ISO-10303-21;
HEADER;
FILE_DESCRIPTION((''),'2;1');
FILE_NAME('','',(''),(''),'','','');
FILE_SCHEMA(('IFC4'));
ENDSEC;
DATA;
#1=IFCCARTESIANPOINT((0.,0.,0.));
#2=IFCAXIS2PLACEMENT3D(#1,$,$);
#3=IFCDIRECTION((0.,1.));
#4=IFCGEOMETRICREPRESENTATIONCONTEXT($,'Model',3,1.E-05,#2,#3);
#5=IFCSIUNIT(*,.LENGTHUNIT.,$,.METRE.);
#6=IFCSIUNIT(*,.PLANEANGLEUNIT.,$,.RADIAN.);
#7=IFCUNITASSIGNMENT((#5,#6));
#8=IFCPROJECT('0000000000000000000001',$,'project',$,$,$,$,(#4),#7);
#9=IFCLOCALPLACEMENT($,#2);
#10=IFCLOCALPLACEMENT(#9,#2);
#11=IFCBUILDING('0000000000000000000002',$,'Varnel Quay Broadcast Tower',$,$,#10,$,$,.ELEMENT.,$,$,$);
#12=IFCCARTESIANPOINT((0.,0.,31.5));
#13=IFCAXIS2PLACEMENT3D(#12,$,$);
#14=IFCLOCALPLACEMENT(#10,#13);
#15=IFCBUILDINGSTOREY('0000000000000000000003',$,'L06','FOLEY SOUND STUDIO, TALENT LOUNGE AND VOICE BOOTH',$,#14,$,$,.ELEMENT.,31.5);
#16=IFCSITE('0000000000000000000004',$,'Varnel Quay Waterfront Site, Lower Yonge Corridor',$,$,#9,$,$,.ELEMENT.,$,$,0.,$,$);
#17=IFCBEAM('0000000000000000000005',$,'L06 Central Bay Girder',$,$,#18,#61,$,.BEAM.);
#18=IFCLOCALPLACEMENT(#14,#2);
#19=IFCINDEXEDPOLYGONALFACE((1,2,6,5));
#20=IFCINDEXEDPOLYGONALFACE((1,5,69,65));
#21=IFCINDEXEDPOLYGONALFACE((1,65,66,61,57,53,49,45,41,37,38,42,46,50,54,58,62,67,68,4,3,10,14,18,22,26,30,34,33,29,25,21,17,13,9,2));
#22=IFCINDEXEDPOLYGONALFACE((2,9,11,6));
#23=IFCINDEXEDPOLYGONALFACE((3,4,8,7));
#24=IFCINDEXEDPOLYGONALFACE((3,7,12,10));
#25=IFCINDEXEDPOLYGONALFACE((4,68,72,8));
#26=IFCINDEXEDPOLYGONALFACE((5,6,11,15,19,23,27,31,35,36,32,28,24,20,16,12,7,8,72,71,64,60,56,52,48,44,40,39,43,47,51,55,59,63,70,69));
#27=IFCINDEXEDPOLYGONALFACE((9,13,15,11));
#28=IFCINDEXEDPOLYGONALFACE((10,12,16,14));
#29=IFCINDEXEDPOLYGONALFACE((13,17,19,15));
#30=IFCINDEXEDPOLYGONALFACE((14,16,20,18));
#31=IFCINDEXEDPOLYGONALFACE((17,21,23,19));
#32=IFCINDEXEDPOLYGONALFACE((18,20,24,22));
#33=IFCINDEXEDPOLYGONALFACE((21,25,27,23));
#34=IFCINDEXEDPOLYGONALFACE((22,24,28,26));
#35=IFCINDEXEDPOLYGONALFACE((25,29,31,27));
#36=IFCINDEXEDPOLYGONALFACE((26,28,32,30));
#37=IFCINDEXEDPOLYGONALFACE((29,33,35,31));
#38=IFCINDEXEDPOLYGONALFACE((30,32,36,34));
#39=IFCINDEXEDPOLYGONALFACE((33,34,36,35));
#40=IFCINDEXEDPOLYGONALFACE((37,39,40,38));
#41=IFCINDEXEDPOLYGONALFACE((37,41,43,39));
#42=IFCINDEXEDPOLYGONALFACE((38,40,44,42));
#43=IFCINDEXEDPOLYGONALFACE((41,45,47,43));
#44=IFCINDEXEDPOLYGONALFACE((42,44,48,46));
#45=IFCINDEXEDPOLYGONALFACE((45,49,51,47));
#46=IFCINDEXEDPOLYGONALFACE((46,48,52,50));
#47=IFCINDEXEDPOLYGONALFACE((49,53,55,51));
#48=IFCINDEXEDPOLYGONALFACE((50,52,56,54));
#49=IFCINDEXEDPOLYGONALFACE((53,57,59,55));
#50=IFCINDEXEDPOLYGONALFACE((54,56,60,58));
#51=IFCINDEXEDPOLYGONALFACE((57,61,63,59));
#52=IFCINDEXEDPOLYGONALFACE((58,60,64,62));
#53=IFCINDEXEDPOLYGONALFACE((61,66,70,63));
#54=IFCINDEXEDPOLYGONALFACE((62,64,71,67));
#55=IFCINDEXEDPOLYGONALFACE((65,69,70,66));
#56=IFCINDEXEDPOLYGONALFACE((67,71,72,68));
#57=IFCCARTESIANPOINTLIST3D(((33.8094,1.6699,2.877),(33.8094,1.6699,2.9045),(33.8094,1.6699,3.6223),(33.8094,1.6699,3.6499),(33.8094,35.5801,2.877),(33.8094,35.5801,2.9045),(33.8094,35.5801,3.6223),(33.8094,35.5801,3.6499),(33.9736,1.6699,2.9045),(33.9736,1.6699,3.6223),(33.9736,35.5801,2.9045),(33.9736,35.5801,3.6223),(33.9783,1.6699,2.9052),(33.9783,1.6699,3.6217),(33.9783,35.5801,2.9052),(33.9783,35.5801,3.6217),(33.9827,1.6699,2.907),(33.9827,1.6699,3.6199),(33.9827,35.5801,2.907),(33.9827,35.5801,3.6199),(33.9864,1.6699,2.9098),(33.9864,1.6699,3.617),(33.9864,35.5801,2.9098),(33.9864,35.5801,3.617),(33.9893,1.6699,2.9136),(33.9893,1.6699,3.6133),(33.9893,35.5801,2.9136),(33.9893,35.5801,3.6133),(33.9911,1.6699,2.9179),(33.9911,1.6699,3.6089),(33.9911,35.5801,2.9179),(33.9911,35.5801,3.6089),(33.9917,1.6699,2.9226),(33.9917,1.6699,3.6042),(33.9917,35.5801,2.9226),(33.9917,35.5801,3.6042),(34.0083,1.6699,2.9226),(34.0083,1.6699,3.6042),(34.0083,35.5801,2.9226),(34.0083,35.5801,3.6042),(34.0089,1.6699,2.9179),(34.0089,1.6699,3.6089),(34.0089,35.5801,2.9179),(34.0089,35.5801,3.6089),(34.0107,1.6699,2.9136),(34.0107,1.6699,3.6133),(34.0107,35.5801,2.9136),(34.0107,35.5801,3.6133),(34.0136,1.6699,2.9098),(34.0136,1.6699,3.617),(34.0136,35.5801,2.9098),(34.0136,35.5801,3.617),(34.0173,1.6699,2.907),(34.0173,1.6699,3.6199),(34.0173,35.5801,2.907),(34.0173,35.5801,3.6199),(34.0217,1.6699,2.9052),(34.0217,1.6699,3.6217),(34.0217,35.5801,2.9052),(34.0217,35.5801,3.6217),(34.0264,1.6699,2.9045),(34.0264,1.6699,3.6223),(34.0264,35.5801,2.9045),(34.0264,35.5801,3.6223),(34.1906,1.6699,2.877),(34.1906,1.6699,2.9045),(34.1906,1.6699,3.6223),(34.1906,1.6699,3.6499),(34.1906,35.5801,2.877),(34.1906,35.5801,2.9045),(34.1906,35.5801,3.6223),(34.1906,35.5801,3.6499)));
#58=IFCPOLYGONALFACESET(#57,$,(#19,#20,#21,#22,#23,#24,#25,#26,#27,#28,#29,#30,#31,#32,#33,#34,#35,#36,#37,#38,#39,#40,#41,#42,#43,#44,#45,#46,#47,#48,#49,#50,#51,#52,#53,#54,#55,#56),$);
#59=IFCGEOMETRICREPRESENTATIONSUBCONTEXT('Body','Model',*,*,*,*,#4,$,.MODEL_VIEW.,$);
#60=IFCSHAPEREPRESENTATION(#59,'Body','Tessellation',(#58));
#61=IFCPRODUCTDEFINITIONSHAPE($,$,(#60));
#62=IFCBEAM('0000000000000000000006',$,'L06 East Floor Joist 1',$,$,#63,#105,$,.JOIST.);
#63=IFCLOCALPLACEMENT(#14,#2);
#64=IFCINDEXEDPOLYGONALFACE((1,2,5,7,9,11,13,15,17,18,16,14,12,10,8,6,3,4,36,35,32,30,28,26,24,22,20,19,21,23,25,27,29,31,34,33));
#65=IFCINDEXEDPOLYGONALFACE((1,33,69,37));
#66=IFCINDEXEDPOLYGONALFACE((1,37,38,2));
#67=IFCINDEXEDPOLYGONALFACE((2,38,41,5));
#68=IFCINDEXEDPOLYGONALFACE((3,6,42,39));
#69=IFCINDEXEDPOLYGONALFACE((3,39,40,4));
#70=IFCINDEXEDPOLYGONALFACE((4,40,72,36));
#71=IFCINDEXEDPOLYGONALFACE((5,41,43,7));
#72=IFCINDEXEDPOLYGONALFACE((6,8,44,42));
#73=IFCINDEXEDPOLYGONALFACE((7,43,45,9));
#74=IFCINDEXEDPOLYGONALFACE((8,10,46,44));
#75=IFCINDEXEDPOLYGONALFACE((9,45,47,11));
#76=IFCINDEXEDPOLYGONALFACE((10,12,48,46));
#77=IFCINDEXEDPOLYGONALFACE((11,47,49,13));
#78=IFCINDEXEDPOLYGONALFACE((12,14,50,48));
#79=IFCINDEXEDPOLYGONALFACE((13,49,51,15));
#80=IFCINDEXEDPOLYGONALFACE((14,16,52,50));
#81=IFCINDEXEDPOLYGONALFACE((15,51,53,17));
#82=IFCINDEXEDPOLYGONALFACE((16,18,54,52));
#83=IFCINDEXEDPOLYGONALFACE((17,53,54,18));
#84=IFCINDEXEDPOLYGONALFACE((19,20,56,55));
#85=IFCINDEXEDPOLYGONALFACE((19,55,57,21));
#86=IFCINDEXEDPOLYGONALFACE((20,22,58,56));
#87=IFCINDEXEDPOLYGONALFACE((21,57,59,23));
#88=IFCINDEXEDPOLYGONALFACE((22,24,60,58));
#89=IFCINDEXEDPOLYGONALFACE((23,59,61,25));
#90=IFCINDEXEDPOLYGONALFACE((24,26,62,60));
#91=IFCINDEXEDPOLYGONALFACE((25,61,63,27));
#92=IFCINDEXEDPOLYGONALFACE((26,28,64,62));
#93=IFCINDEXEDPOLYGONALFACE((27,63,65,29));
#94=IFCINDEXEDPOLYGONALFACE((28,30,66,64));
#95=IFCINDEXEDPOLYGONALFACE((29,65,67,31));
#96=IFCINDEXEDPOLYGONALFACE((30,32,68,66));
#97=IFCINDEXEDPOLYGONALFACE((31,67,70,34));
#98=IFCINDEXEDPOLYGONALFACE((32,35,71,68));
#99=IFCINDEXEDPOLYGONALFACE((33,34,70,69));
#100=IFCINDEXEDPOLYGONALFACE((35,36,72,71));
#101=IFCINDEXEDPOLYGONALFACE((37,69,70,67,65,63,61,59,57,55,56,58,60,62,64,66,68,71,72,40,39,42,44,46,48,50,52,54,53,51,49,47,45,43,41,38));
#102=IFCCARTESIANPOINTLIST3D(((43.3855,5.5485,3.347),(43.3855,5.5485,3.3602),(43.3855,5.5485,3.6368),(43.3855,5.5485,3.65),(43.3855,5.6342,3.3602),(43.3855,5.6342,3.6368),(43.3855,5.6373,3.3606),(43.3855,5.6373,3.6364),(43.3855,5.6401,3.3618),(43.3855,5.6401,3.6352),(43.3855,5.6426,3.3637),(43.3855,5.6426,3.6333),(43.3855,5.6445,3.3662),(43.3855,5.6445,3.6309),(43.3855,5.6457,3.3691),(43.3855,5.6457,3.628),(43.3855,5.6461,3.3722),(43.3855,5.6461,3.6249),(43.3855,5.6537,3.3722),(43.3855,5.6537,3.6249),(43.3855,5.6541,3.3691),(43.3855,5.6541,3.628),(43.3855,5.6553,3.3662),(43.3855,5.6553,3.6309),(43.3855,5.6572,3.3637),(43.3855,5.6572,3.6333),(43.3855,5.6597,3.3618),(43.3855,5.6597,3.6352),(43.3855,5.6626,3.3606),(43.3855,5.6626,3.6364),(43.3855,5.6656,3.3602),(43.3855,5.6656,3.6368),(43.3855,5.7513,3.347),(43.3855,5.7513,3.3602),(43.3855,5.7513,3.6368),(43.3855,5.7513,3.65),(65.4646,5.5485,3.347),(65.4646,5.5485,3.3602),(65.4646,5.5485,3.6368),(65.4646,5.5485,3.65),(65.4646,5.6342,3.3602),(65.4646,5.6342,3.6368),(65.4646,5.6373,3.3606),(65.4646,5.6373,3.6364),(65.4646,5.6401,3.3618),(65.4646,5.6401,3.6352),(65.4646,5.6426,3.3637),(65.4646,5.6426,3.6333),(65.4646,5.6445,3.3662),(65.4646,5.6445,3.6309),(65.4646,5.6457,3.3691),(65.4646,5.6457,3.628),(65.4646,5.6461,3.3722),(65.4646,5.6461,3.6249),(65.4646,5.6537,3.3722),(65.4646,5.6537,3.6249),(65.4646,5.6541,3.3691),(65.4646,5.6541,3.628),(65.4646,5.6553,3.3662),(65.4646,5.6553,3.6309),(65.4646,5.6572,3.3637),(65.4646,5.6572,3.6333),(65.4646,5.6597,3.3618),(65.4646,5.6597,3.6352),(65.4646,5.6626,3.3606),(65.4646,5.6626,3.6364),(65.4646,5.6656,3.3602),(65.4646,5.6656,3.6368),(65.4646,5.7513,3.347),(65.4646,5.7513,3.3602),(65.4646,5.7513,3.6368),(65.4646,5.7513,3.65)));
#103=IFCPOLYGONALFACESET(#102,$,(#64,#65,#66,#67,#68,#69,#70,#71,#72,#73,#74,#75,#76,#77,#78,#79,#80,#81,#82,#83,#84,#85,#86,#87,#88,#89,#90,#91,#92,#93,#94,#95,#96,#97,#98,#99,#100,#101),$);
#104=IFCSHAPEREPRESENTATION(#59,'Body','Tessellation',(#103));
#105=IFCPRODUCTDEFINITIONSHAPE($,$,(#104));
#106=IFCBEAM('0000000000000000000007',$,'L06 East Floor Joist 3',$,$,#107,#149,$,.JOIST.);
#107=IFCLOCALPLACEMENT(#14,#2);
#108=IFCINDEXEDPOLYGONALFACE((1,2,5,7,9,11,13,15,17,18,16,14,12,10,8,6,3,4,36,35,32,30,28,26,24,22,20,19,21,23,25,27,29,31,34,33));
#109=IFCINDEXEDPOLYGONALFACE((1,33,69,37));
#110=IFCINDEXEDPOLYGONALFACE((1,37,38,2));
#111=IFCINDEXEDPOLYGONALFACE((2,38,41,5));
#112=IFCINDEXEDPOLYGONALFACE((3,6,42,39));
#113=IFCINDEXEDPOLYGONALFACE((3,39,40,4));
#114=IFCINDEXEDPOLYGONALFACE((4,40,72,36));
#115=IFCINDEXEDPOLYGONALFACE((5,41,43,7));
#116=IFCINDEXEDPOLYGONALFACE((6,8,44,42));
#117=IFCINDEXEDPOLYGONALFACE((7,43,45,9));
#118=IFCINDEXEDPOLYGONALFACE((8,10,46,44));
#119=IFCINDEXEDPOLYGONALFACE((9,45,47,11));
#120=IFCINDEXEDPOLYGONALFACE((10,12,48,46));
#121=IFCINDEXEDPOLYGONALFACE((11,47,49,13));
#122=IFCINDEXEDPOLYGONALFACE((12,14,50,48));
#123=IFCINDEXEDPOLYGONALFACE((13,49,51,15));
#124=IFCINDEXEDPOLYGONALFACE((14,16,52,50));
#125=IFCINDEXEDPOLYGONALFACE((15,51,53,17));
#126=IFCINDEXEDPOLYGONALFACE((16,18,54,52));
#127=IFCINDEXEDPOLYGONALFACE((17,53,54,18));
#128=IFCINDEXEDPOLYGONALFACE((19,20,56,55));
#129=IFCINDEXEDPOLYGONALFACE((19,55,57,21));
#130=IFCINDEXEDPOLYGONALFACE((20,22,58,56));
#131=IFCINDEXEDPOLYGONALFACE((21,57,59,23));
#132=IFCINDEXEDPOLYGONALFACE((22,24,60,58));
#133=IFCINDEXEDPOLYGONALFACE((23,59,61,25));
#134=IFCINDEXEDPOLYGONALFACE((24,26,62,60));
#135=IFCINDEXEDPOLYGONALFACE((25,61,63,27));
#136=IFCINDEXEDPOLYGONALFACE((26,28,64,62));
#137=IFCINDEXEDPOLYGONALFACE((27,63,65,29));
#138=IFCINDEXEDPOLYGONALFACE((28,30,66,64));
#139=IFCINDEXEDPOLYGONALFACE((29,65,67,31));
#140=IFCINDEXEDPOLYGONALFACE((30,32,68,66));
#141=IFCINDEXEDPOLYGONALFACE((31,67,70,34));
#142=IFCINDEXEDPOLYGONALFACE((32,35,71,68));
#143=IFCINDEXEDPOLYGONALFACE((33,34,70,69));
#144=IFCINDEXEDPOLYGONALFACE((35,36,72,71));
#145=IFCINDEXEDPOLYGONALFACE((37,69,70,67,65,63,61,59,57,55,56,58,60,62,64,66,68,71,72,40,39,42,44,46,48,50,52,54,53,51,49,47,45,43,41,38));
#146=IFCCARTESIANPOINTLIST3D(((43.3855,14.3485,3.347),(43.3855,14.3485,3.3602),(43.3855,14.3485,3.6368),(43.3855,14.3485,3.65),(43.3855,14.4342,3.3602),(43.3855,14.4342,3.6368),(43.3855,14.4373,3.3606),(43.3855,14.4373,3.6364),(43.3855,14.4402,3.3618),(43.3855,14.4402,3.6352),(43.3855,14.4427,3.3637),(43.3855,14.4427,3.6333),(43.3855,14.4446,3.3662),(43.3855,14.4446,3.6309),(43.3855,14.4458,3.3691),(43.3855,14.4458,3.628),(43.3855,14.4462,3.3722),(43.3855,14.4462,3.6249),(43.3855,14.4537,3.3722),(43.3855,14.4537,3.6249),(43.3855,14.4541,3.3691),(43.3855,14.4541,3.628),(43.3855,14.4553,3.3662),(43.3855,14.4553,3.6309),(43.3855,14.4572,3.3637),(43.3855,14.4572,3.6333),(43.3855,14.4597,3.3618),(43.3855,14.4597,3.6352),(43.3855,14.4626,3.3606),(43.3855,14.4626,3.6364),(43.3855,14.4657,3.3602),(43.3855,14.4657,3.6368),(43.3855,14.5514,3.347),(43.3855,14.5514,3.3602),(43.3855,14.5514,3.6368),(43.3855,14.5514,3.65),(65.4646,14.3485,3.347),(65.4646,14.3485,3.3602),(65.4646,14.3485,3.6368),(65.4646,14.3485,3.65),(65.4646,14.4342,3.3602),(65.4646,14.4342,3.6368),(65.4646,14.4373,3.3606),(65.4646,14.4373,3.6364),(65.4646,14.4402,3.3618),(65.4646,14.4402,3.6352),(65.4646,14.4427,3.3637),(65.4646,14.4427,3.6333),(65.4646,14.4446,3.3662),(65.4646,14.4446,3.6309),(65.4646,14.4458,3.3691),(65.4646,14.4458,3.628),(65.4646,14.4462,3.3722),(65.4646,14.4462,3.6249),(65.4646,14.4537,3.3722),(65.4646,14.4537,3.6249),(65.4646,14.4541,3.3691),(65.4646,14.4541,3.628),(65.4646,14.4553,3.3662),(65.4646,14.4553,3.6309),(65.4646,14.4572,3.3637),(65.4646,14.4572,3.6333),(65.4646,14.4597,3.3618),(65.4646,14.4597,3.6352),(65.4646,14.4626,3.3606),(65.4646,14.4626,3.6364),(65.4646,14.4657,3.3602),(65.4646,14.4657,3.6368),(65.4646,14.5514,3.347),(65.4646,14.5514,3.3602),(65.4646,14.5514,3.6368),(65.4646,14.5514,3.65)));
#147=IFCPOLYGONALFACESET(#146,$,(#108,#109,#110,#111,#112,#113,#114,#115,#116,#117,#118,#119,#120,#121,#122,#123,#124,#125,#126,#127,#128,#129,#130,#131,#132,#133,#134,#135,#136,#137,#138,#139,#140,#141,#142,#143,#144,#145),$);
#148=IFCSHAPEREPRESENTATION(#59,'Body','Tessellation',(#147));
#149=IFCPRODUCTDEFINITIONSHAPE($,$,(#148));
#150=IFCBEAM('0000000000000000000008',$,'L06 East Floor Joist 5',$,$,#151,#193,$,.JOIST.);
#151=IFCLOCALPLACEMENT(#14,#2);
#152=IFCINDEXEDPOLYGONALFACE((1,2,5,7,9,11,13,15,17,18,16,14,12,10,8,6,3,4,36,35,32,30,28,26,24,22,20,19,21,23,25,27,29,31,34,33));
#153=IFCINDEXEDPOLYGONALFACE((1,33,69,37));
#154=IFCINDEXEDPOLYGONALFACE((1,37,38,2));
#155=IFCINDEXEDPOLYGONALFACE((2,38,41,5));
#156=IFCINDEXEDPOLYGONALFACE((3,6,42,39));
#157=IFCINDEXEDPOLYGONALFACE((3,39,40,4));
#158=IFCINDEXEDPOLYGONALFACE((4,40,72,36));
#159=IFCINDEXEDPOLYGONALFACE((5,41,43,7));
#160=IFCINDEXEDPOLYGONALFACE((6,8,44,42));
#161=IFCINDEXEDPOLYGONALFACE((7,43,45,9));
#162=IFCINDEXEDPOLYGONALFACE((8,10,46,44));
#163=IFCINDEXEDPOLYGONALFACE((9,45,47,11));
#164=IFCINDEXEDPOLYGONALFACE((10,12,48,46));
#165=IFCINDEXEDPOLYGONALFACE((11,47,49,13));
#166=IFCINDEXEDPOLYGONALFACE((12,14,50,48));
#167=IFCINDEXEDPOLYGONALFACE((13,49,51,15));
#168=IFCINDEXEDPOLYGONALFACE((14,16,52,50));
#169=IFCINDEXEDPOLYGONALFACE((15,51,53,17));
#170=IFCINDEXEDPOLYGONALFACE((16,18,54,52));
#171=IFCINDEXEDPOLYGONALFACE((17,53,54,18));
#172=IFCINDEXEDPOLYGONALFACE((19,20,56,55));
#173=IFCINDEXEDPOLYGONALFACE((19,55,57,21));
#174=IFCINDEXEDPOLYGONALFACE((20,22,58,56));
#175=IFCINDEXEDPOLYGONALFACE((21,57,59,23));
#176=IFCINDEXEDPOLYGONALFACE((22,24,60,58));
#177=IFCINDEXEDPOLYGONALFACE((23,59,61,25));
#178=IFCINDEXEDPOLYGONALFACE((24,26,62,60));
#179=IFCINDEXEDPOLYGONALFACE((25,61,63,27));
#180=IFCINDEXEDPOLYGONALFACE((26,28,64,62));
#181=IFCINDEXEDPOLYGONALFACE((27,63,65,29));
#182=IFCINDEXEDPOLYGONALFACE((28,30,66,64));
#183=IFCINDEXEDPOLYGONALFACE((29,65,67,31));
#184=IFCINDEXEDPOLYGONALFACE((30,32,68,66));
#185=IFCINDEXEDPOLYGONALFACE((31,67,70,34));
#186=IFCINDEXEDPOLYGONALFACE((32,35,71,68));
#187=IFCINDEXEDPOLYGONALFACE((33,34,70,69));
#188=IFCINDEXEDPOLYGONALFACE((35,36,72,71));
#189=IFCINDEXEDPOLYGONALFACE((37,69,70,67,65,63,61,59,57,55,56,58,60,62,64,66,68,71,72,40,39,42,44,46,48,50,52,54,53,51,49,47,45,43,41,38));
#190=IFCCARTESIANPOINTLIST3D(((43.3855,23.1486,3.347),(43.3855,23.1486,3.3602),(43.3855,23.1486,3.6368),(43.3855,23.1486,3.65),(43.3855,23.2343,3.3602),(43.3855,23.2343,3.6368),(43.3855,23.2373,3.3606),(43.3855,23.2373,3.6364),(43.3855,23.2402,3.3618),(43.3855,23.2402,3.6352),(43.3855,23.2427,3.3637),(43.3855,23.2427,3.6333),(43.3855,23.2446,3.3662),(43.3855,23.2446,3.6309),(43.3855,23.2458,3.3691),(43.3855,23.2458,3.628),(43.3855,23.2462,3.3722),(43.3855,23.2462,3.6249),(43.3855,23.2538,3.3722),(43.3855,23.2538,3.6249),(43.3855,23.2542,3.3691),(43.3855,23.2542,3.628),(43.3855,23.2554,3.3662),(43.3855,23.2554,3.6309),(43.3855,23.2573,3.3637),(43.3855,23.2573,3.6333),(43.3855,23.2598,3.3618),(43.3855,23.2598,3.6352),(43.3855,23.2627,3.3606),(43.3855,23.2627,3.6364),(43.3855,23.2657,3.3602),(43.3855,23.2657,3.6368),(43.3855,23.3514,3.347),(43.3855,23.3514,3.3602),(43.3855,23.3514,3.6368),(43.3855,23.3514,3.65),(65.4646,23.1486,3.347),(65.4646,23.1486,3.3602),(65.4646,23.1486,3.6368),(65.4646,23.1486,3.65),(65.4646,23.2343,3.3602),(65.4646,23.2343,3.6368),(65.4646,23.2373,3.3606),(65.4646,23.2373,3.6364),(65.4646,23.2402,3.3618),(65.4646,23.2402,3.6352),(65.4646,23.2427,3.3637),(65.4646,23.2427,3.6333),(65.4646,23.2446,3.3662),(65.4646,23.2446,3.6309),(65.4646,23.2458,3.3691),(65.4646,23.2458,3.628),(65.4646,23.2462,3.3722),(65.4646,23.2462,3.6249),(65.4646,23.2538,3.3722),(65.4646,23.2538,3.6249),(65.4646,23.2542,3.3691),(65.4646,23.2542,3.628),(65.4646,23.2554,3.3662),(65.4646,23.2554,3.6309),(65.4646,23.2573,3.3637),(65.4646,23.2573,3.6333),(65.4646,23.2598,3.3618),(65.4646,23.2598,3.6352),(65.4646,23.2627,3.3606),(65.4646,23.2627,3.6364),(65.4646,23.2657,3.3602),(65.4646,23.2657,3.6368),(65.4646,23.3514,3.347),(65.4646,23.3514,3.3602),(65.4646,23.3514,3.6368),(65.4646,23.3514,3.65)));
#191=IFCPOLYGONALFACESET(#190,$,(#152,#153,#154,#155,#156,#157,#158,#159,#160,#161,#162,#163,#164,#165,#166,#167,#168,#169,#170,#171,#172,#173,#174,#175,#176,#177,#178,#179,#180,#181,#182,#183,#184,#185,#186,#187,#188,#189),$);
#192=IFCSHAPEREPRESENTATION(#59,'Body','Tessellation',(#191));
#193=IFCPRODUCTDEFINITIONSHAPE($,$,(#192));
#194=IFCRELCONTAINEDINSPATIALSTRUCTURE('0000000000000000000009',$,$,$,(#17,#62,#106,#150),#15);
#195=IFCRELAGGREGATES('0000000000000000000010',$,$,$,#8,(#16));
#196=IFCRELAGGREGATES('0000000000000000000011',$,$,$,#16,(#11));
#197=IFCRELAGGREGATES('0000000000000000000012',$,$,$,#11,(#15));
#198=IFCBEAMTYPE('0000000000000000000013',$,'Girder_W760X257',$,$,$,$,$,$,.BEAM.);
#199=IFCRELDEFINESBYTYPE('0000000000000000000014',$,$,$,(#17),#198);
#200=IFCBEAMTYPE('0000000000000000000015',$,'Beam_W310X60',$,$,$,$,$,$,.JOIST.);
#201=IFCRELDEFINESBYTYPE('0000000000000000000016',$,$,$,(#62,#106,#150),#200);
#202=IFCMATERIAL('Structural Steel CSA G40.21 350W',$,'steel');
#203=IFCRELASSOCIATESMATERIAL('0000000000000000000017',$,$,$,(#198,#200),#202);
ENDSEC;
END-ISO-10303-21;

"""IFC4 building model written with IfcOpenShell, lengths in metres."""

from ifc_helpers import new_model, si_unit, direction, frame, origin, origin_2d, place, context, subcontext, project, spatial, i_section, extrude, source, transform, mapped, material, material_profile, profile_set, type_object, type_shapes, element, save


model = new_model("IFC4")

# Units and contexts
model_context = context("Model", 3, precision=1e-05, world=origin(), true_north=direction((0.0, 1.0)))
body_context = subcontext(model_context, "Body", "Model", "MODEL_VIEW")
ifc_project = project(units=[si_unit("LENGTHUNIT", "METRE"), si_unit("PLANEANGLEUNIT", "RADIAN")], contexts=[model_context])

# Site, building, storey
site_placement = place(None, origin())
site = spatial("IfcSite", under=ifc_project, at=site_placement, Name="Varnel Quay Waterfront Site, Lower Yonge Corridor", CompositionType="ELEMENT", RefElevation=0.0)
building_placement = place(site_placement, origin())
building = spatial("IfcBuilding", under=site, at=building_placement, Name="Varnel Quay Broadcast Tower", CompositionType="ELEMENT")
storey_placement = place(building_placement, frame((0.0, 0.0, 31.5)))
storey = spatial("IfcBuildingStorey", under=building, at=storey_placement, Name="L06", Description="FOLEY SOUND STUDIO, TALENT LOUNGE AND VOICE BOOTH", CompositionType="ELEMENT", Elevation=31.5)

# Shared definitions
ifc_material_1 = material(Name="Structural Steel CSA G40.21 350W", Category="steel")

# Beams
ifc_material_profile_1 = material_profile(ifc_material_1, i_section(OverallWidth=0.3811, OverallDepth=0.7729, WebThickness=0.0166, FlangeThickness=0.0276, FilletRadius=0.0181, at=origin_2d()), Name="W760X257")
ifc_profile_set_1 = profile_set([ifc_material_profile_1], Name="Structural Steel CSA G40.21 350W")
beam_type_1 = type_object("IfcBeamType", Name="Girder_W760X257", PredefinedType="BEAM", material=ifc_profile_set_1)
shared_shape_1 = source(origin(), body_context, "Body", "SweptSolid", [
    extrude(i_section(OverallWidth=0.3811, OverallDepth=0.7729, WebThickness=0.0166, FlangeThickness=0.0276, FilletRadius=0.0181, at=origin_2d()), origin(), (0.0, 0.0, 1.0), 33.9102),
])
beam_1_placement = place(storey_placement, frame((34.0, 1.6699, 3.2634), z_axis=(0.0, 1.0, 0.0), x_axis=(-1.0, 0.0, 0.0)))
element("IfcBeam", 1, at=beam_1_placement, inside=storey, type_object=beam_type_1, Name="L06 Central Bay Girder", PredefinedType="BEAM", context=body_context, shape_type="MappedRepresentation", body=[
    mapped(shared_shape_1, transform((0.0, 0.0, 0.0), x_axis=(1.0, 0.0, 0.0), y_axis=(0.0, 1.0, 0.0), z_axis=(0.0, 0.0, 1.0), scale=1.0)),
])
ifc_material_profile_2 = material_profile(ifc_material_1, i_section(OverallWidth=0.2029, OverallDepth=0.303, WebThickness=0.0076, FlangeThickness=0.0132, FilletRadius=0.012, at=origin_2d()), Name="W310X60")
ifc_profile_set_2 = profile_set([ifc_material_profile_2], Name="Structural Steel CSA G40.21 350W")
beam_type_2 = type_object("IfcBeamType", Name="Beam_W310X60", PredefinedType="JOIST", material=ifc_profile_set_2)
shared_shape_2 = source(origin(), body_context, "Body", "SweptSolid", [
    extrude(i_section(OverallWidth=0.2029, OverallDepth=0.303, WebThickness=0.0076, FlangeThickness=0.0132, FilletRadius=0.012, at=origin_2d()), origin(), (0.0, 0.0, 1.0), 22.0791),
])
type_shapes(beam_type_2, [shared_shape_2])
for number, where, z_axis, x_axis, name in (
    (2, (43.3855, 5.6499, 3.4985), (1.0, 0.0, 0.0), (0.0, 1.0, 0.0), "L06 East Floor Joist 1"),
    (3, (43.3855, 14.45, 3.4985), (1.0, 0.0, 0.0), (0.0, 1.0, 0.0), "L06 East Floor Joist 3"),
    (4, (43.3855, 23.25, 3.4985), (1.0, 0.0, 0.0), (0.0, 1.0, 0.0), "L06 East Floor Joist 5"),
):
    element("IfcBeam", number, at=place(storey_placement, frame(where, z_axis=z_axis, x_axis=x_axis)), inside=storey, type_object=beam_type_2, Name=name, PredefinedType="JOIST", context=body_context, shape_type="MappedRepresentation", body=[
        mapped(shared_shape_2, transform((0.0, 0.0, 0.0), x_axis=(1.0, 0.0, 0.0), y_axis=(0.0, 1.0, 0.0), z_axis=(0.0, 0.0, 1.0), scale=1.0)),
    ])

save(model, "model.ifc")
